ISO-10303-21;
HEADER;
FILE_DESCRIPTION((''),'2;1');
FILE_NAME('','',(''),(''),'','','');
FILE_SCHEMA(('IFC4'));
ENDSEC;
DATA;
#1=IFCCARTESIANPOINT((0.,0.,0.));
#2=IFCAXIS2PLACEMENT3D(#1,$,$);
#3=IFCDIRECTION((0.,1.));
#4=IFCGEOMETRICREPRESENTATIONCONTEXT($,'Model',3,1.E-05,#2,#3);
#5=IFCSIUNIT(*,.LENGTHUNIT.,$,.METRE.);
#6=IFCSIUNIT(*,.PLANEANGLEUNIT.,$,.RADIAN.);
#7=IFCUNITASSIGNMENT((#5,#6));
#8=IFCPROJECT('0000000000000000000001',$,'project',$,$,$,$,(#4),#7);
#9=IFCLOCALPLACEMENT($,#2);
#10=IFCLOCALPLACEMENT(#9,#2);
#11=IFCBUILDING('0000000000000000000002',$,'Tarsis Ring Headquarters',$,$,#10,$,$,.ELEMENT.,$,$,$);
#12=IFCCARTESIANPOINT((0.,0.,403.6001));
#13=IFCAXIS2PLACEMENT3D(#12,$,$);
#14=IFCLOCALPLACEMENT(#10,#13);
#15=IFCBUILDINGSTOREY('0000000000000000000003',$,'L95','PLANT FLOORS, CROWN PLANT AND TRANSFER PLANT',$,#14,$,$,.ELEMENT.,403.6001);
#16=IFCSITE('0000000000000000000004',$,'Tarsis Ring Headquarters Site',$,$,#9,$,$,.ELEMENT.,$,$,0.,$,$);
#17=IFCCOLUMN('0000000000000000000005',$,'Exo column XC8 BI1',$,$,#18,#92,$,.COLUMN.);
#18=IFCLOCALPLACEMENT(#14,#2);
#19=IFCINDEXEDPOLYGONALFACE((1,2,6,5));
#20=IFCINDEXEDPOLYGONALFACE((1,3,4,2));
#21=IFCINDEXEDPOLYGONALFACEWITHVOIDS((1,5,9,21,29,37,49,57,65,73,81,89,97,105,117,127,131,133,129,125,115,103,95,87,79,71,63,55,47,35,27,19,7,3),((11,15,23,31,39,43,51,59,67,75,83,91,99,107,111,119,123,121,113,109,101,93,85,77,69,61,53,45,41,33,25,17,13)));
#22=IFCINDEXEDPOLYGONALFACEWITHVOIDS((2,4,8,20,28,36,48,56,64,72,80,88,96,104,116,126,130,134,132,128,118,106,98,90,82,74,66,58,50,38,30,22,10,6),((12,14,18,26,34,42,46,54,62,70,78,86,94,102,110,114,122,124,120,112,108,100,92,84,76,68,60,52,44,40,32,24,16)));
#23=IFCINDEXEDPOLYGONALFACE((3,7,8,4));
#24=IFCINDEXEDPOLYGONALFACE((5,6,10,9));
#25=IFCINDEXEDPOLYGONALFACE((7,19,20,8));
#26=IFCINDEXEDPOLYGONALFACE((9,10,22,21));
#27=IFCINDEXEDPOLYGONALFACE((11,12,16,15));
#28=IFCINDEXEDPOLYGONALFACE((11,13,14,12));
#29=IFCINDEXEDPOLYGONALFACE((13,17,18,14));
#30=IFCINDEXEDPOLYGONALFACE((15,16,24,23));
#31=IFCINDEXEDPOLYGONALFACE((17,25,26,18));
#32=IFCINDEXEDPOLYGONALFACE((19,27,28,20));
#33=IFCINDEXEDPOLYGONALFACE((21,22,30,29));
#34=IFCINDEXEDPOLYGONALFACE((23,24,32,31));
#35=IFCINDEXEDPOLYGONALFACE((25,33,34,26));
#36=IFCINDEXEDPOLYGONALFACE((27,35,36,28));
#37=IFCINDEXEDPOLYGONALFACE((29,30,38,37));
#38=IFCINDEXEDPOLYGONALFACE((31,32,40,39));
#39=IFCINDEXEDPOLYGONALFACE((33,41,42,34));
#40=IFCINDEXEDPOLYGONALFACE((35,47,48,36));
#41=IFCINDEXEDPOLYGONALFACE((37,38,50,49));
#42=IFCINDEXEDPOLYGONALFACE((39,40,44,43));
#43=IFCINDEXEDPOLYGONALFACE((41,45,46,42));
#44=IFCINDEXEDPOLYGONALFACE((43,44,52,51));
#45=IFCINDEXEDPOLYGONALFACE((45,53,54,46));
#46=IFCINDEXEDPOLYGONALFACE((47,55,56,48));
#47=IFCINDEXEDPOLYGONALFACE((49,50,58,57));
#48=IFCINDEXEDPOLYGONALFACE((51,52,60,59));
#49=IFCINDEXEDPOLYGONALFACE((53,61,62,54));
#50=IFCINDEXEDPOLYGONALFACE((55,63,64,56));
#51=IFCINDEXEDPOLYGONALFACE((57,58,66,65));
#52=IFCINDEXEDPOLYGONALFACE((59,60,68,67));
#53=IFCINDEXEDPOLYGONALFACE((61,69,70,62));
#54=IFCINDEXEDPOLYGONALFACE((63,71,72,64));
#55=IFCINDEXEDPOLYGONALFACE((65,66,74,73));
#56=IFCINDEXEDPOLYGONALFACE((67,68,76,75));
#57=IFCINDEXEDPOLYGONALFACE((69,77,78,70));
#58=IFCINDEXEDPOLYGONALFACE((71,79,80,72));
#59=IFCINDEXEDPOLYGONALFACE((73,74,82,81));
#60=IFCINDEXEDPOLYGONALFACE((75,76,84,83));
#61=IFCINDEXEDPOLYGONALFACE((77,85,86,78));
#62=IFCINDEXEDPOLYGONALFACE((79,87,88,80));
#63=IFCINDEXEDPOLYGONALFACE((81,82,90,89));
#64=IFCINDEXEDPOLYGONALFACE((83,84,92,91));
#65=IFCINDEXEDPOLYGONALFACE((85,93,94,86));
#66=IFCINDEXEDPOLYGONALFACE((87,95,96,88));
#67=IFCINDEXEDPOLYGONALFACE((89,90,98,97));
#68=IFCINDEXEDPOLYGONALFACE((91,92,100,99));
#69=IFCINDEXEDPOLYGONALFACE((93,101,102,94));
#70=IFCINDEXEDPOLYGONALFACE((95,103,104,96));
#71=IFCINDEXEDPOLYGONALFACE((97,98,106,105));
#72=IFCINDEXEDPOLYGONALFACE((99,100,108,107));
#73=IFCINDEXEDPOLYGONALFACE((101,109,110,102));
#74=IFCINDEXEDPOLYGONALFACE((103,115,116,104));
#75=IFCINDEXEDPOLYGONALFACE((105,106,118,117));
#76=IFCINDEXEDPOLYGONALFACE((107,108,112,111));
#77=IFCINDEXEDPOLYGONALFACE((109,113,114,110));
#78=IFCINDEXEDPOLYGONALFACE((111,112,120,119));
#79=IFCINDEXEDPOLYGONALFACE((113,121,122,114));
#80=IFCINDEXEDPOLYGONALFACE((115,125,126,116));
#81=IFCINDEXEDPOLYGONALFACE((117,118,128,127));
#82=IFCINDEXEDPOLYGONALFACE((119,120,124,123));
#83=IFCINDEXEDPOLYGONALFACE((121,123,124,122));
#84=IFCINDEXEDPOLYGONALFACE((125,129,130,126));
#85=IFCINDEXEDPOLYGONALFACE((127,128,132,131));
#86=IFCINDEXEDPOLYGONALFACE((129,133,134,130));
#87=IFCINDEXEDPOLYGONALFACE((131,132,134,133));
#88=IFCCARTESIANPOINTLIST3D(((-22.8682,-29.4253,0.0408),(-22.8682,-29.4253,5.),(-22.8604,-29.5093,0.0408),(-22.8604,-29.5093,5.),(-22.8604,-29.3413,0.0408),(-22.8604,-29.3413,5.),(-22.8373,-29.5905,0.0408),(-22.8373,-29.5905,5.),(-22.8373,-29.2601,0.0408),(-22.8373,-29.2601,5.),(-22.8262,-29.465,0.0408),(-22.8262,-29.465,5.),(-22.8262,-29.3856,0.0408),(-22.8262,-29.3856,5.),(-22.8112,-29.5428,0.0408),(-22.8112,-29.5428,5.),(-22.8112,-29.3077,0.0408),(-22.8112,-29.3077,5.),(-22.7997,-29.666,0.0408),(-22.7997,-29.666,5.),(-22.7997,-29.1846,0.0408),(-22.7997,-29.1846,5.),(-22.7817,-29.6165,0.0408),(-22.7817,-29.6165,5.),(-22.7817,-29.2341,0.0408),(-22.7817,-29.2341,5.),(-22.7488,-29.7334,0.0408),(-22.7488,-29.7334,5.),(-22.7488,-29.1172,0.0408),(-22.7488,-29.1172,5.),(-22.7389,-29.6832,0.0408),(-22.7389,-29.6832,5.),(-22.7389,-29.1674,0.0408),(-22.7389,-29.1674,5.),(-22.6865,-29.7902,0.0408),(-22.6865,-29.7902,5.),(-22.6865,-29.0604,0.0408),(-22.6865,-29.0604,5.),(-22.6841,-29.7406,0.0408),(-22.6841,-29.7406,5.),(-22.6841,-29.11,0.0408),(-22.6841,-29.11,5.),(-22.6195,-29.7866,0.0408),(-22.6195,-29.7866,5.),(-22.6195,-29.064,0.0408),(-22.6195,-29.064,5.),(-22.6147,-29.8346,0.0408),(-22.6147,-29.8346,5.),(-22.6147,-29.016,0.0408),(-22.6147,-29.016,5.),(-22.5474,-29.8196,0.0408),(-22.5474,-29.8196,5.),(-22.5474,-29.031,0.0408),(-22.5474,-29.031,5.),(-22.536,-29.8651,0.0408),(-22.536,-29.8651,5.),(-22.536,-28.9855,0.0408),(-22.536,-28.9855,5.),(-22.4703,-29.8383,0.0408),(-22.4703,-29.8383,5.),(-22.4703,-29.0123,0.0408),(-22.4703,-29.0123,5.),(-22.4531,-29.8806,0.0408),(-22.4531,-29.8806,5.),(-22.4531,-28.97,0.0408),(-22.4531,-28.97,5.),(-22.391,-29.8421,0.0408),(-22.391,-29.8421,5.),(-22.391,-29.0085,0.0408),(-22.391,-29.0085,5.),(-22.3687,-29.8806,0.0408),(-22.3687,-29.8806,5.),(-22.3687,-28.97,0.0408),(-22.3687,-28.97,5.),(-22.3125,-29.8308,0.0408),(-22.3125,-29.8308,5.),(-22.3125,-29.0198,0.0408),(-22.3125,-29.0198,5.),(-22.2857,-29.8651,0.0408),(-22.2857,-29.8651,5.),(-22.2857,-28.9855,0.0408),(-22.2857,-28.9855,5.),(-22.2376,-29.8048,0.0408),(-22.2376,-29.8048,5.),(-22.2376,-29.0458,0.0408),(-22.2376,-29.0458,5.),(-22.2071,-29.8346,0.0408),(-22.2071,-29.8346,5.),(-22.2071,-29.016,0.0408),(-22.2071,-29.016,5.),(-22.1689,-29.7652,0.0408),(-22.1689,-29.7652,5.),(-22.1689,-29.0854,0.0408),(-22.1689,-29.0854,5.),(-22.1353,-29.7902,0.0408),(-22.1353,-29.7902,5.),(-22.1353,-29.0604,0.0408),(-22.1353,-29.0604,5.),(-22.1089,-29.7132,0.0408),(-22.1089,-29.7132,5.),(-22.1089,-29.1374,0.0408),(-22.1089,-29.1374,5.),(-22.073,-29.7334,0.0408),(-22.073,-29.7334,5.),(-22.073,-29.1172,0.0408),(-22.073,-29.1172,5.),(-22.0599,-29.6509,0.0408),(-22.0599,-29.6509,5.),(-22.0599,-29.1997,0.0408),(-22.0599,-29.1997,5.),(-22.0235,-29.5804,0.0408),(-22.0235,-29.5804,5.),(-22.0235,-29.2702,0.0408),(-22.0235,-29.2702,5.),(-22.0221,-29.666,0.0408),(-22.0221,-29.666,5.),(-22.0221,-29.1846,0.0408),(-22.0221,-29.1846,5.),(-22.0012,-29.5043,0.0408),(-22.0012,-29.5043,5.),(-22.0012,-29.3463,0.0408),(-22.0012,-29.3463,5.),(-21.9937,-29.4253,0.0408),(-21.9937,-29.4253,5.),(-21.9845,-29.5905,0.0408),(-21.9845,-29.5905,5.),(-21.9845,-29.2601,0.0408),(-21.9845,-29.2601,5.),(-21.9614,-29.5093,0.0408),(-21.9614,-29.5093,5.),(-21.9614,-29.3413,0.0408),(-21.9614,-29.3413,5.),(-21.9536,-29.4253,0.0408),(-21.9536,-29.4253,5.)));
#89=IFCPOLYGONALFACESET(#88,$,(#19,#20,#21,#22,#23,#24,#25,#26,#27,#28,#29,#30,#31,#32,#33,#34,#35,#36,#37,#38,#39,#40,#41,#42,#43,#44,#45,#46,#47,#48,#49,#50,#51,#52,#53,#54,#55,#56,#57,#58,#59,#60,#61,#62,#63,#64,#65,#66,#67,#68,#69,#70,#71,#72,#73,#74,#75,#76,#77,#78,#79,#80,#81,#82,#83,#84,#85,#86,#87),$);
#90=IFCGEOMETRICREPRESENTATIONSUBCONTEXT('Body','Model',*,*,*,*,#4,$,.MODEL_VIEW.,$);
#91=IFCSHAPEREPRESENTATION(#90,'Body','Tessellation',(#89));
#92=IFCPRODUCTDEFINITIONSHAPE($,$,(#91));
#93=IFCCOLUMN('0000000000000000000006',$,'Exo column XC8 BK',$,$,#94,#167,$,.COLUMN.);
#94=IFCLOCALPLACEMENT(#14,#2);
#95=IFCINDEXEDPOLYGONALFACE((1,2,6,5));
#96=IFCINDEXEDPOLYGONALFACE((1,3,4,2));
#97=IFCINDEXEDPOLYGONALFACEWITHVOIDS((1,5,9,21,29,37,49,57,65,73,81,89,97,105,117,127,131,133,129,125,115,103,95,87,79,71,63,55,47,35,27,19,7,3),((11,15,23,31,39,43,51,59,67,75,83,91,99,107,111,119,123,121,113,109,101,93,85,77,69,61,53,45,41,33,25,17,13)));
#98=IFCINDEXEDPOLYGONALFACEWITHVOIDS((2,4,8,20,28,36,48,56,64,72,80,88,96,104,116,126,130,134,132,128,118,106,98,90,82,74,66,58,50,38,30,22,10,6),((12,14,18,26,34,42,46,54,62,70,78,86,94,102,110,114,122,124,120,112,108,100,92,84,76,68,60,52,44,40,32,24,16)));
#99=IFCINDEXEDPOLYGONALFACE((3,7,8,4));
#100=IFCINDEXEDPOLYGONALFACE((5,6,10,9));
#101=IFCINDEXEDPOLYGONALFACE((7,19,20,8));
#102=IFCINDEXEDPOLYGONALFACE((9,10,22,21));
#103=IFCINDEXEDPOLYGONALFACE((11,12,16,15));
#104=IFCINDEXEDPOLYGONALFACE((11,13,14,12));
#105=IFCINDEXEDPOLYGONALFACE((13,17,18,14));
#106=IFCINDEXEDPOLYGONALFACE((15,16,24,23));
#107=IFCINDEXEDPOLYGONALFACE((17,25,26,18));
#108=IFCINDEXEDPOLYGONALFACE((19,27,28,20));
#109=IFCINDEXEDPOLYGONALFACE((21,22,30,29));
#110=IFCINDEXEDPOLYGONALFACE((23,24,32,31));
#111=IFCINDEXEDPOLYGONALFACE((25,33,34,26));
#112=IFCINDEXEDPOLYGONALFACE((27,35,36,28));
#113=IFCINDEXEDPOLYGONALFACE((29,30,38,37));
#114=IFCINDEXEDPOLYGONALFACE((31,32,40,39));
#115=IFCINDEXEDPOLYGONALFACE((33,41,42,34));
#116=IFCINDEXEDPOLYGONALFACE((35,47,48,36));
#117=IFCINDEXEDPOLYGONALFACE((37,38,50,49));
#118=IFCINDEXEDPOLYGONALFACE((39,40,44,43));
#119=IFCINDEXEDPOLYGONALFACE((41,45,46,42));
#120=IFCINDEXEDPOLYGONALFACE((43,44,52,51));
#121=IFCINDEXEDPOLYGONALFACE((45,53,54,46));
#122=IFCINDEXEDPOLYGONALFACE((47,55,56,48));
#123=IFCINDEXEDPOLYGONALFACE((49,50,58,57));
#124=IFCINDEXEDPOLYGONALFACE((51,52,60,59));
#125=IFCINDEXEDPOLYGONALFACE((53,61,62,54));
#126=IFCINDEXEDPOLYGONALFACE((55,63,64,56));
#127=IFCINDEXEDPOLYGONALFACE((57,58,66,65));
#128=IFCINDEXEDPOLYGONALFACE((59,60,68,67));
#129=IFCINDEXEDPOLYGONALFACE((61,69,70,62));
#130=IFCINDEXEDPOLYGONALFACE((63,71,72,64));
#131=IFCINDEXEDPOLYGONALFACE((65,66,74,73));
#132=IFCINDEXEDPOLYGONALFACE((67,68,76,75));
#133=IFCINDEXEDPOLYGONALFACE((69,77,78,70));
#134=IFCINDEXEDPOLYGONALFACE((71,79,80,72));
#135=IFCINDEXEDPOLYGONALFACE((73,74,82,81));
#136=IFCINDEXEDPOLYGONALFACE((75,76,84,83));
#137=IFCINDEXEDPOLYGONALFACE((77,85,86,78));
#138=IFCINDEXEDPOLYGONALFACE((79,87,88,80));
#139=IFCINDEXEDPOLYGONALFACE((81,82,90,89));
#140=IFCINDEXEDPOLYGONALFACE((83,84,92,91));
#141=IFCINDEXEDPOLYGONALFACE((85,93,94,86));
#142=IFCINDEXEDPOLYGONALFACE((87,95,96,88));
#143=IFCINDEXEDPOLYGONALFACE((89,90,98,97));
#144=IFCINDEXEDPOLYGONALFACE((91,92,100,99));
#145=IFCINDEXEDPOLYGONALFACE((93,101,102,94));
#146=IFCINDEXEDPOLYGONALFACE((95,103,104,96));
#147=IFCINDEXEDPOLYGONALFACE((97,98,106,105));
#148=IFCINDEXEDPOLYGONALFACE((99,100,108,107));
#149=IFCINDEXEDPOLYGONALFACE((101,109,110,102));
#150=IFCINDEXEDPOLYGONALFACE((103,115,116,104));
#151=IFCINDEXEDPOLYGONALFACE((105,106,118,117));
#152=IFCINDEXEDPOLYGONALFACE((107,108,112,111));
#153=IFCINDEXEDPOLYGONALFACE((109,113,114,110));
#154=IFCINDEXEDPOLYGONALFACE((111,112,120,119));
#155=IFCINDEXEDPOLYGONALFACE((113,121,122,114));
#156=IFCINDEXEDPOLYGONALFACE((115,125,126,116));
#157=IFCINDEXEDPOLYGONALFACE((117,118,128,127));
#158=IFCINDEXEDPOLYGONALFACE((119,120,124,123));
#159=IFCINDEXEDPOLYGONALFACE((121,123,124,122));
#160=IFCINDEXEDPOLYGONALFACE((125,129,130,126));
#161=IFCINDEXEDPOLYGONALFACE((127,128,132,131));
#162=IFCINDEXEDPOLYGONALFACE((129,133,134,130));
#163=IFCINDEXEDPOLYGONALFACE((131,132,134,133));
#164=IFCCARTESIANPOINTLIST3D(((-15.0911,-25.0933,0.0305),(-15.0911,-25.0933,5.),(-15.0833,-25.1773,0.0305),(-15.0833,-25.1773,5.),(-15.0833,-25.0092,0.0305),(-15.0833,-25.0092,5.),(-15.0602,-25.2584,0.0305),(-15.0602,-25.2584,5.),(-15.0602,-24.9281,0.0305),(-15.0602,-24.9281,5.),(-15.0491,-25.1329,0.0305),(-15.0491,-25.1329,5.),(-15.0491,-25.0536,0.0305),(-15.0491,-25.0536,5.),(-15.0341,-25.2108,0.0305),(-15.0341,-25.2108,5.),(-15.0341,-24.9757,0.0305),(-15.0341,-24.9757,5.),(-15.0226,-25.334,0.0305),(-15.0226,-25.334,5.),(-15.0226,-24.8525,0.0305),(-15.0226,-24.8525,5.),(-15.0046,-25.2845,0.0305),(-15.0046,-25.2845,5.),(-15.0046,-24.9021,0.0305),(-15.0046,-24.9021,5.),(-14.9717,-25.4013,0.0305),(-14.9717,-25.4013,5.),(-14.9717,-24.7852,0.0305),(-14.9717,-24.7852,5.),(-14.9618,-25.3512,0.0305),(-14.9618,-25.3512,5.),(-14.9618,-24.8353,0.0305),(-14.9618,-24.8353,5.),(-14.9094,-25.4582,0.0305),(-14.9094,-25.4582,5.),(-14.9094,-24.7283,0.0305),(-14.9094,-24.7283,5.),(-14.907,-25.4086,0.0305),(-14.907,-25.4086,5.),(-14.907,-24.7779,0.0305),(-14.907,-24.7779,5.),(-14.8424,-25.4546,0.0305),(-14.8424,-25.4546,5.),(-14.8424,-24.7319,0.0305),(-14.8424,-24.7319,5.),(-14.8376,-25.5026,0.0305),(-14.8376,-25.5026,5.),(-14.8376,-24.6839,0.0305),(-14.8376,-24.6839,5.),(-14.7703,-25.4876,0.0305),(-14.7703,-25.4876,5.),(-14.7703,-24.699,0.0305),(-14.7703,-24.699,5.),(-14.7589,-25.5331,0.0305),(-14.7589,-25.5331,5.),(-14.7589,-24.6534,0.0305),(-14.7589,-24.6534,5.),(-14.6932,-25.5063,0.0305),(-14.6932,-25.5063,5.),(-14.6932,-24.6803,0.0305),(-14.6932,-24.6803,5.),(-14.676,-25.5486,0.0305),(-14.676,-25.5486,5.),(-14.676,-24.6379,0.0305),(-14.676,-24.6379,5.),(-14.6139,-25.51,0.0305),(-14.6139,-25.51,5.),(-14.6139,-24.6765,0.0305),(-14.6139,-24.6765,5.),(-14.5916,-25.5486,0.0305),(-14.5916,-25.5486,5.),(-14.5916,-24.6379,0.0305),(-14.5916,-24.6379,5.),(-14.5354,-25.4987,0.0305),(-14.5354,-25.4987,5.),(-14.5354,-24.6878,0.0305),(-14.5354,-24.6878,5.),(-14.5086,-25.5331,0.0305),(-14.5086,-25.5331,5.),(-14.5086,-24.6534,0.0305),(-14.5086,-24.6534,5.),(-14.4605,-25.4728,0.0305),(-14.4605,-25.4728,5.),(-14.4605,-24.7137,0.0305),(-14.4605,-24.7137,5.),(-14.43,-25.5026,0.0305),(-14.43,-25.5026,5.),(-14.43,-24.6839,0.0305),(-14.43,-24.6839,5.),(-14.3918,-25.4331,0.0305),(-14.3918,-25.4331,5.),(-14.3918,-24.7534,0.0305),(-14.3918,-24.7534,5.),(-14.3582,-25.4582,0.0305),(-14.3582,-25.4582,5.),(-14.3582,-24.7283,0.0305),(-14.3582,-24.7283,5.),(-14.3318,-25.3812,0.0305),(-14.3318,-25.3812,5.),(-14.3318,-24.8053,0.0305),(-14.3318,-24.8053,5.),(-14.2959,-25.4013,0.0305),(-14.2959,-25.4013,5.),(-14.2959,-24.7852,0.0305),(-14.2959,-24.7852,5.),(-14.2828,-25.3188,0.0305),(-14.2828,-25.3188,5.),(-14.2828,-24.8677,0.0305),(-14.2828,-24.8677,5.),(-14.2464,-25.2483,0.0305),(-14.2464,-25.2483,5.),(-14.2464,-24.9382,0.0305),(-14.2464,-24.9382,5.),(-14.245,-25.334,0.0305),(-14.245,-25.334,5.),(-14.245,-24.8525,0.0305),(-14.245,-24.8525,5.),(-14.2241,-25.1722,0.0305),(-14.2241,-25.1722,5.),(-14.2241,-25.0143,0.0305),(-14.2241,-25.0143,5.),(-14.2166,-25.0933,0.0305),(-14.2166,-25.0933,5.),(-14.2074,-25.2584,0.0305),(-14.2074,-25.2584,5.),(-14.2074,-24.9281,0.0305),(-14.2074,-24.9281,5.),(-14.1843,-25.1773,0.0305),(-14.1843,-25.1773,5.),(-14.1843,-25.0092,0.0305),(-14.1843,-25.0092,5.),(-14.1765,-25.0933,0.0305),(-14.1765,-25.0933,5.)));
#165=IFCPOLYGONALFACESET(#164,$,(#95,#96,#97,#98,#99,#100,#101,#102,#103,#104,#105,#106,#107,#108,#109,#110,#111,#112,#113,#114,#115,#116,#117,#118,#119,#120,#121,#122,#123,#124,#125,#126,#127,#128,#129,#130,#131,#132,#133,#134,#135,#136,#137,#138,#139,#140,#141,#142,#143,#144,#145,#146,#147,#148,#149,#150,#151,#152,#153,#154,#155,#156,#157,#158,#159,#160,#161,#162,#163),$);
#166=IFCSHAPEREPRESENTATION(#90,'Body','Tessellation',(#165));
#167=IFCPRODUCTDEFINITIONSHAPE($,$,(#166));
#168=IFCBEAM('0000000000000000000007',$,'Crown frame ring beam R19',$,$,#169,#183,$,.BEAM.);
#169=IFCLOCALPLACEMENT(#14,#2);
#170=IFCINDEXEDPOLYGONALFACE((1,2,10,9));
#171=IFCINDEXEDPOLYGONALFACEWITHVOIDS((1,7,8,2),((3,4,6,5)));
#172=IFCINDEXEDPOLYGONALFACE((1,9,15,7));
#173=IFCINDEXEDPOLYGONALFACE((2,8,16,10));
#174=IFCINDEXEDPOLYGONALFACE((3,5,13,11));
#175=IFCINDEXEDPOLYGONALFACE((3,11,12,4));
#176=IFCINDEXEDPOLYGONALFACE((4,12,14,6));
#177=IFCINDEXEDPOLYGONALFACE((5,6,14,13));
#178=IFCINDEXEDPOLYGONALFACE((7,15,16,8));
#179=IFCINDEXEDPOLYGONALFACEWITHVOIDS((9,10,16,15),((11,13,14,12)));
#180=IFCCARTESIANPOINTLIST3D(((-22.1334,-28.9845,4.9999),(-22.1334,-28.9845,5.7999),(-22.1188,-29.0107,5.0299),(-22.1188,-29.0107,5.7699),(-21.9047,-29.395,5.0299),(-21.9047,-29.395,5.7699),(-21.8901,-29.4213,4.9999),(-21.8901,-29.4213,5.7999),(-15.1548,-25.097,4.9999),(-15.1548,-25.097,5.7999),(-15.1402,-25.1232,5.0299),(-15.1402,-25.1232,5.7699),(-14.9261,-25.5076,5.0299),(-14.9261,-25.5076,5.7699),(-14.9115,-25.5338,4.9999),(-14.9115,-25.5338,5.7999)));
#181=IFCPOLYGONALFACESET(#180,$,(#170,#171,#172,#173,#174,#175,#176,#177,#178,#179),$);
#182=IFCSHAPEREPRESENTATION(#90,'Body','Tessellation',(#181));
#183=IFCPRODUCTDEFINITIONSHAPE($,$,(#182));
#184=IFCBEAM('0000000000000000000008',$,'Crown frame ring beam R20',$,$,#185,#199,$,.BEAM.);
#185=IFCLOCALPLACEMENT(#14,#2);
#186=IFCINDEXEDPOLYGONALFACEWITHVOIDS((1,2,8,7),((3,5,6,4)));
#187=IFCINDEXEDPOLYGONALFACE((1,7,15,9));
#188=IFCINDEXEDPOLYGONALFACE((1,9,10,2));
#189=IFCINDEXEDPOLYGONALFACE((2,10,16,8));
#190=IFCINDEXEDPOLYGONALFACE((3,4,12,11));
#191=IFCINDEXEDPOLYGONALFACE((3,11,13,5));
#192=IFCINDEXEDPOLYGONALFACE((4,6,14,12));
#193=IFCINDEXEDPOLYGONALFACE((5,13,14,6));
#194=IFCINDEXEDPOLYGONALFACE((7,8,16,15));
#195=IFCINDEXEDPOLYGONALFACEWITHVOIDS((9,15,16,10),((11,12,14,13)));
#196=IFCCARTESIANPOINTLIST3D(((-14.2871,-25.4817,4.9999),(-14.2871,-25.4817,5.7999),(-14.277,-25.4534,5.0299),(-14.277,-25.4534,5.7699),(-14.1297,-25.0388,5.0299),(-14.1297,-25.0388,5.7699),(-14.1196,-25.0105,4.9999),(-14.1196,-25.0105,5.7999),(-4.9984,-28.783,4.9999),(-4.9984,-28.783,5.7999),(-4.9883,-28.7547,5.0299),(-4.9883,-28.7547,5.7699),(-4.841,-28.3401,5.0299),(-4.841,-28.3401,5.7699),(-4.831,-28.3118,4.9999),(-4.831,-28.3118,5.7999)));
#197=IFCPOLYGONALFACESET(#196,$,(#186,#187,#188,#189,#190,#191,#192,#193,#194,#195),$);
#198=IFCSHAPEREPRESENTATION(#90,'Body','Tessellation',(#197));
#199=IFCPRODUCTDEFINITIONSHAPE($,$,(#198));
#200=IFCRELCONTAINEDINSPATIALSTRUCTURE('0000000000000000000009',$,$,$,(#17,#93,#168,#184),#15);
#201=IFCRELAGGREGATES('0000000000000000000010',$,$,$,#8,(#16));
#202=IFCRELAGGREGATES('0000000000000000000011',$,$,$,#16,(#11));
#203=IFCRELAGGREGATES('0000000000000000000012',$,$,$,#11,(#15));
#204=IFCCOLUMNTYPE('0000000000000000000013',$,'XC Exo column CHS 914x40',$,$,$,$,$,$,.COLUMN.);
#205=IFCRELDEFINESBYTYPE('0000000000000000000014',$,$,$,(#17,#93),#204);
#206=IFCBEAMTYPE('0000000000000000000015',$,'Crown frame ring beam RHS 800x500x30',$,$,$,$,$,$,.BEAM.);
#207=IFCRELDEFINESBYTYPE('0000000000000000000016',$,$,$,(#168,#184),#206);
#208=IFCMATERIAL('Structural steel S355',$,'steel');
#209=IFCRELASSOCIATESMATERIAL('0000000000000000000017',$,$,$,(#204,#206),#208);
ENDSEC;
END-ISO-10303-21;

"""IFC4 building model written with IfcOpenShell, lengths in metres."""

from ifc_helpers import new_model, si_unit, direction, frame, origin, origin_2d, place, context, subcontext, project, spatial, hollow_rectangle, hollow_circle, extrude, material, material_profile, profile_set, type_object, element, save


model = new_model("IFC4")

# Units and contexts
model_context = context("Model", 3, precision=1e-05, world=origin(), true_north=direction((0.0, 1.0)))
body_context = subcontext(model_context, "Body", "Model", "MODEL_VIEW")
ifc_project = project(units=[si_unit("LENGTHUNIT", "METRE"), si_unit("PLANEANGLEUNIT", "RADIAN")], contexts=[model_context])

# Site, building, storey
site_placement = place(None, origin())
site = spatial("IfcSite", under=ifc_project, at=site_placement, Name="Tarsis Ring Headquarters Site", CompositionType="ELEMENT", RefElevation=0.0)
building_placement = place(site_placement, origin())
building = spatial("IfcBuilding", under=site, at=building_placement, Name="Tarsis Ring Headquarters", CompositionType="ELEMENT")
storey_placement = place(building_placement, frame((0.0, 0.0, 403.6001)))
storey = spatial("IfcBuildingStorey", under=building, at=storey_placement, Name="L95", Description="PLANT FLOORS, CROWN PLANT AND TRANSFER PLANT", CompositionType="ELEMENT", Elevation=403.6001)

# Columns
ifc_material_1 = material(Name="Structural steel S355", Category="steel")
ifc_material_profile_1 = material_profile(ifc_material_1, hollow_circle(Radius=0.457, WallThickness=0.04, at=origin_2d()), Name="CHS 914x40")
ifc_profile_set_1 = profile_set([ifc_material_profile_1], Name="Structural steel S355")
column_type_1 = type_object("IfcColumnType", Name="XC Exo column CHS 914x40", PredefinedType="COLUMN", material=ifc_profile_set_1)
column_1_placement = place(storey_placement, frame((-22.4109, -29.4253, 0.0408), z_axis=(0.0, 0.0, 1.0), x_axis=(1.0, 0.0, 0.0)))
element("IfcColumn", 1, at=column_1_placement, inside=storey, type_object=column_type_1, Name="Exo column XC8 BI1", PredefinedType="COLUMN", context=body_context, shape_type="SweptSolid", body=[
    extrude(hollow_circle(Radius=0.4573, WallThickness=0.04, at=origin_2d()), origin(), (0.0, 0.0, 1.0), 4.9592),
])
column_2_placement = place(storey_placement, frame((-14.6338, -25.0933, 0.0305), z_axis=(0.0, 0.0, 1.0), x_axis=(1.0, 0.0, 0.0)))
element("IfcColumn", 2, at=column_2_placement, inside=storey, type_object=column_type_1, Name="Exo column XC8 BK", PredefinedType="COLUMN", context=body_context, shape_type="SweptSolid", body=[
    extrude(hollow_circle(Radius=0.4573, WallThickness=0.04, at=origin_2d()), origin(), (0.0, 0.0, 1.0), 4.9695),
])

# Beams
ifc_material_profile_2 = material_profile(ifc_material_1, hollow_rectangle(XDim=0.5, YDim=0.8, WallThickness=0.03, at=origin_2d()), Name="RHS 800x500x30")
ifc_profile_set_2 = profile_set([ifc_material_profile_2], Name="Structural steel S355")
beam_type_1 = type_object("IfcBeamType", Name="Crown frame ring beam RHS 800x500x30", PredefinedType="BEAM", material=ifc_profile_set_2)
beam_1_placement = place(storey_placement, frame((-22.0117, -29.2029, 5.3999), z_axis=(0.873599, 0.486647, 0.0), x_axis=(-0.486647, 0.873599, 0.0)))
element("IfcBeam", 3, at=beam_1_placement, inside=storey, type_object=beam_type_1, Name="Crown frame ring beam R19", PredefinedType="BEAM", context=body_context, shape_type="SweptSolid", body=[
    extrude(hollow_rectangle(XDim=0.5, YDim=0.8, WallThickness=0.03, at=origin_2d()), origin(), (0.0, 0.0, 1.0), 7.9883),
])
beam_2_placement = place(storey_placement, frame((-14.2034, -25.2461, 5.3999), z_axis=(0.942257, -0.334889, 0.0), x_axis=(0.334889, 0.942257, 0.0)))
element("IfcBeam", 4, at=beam_2_placement, inside=storey, type_object=beam_type_1, Name="Crown frame ring beam R20", PredefinedType="BEAM", context=body_context, shape_type="SweptSolid", body=[
    extrude(hollow_rectangle(XDim=0.5, YDim=0.8, WallThickness=0.03, at=origin_2d()), origin(), (0.0, 0.0, 1.0), 9.8579),
])

save(model, "model.ifc")
